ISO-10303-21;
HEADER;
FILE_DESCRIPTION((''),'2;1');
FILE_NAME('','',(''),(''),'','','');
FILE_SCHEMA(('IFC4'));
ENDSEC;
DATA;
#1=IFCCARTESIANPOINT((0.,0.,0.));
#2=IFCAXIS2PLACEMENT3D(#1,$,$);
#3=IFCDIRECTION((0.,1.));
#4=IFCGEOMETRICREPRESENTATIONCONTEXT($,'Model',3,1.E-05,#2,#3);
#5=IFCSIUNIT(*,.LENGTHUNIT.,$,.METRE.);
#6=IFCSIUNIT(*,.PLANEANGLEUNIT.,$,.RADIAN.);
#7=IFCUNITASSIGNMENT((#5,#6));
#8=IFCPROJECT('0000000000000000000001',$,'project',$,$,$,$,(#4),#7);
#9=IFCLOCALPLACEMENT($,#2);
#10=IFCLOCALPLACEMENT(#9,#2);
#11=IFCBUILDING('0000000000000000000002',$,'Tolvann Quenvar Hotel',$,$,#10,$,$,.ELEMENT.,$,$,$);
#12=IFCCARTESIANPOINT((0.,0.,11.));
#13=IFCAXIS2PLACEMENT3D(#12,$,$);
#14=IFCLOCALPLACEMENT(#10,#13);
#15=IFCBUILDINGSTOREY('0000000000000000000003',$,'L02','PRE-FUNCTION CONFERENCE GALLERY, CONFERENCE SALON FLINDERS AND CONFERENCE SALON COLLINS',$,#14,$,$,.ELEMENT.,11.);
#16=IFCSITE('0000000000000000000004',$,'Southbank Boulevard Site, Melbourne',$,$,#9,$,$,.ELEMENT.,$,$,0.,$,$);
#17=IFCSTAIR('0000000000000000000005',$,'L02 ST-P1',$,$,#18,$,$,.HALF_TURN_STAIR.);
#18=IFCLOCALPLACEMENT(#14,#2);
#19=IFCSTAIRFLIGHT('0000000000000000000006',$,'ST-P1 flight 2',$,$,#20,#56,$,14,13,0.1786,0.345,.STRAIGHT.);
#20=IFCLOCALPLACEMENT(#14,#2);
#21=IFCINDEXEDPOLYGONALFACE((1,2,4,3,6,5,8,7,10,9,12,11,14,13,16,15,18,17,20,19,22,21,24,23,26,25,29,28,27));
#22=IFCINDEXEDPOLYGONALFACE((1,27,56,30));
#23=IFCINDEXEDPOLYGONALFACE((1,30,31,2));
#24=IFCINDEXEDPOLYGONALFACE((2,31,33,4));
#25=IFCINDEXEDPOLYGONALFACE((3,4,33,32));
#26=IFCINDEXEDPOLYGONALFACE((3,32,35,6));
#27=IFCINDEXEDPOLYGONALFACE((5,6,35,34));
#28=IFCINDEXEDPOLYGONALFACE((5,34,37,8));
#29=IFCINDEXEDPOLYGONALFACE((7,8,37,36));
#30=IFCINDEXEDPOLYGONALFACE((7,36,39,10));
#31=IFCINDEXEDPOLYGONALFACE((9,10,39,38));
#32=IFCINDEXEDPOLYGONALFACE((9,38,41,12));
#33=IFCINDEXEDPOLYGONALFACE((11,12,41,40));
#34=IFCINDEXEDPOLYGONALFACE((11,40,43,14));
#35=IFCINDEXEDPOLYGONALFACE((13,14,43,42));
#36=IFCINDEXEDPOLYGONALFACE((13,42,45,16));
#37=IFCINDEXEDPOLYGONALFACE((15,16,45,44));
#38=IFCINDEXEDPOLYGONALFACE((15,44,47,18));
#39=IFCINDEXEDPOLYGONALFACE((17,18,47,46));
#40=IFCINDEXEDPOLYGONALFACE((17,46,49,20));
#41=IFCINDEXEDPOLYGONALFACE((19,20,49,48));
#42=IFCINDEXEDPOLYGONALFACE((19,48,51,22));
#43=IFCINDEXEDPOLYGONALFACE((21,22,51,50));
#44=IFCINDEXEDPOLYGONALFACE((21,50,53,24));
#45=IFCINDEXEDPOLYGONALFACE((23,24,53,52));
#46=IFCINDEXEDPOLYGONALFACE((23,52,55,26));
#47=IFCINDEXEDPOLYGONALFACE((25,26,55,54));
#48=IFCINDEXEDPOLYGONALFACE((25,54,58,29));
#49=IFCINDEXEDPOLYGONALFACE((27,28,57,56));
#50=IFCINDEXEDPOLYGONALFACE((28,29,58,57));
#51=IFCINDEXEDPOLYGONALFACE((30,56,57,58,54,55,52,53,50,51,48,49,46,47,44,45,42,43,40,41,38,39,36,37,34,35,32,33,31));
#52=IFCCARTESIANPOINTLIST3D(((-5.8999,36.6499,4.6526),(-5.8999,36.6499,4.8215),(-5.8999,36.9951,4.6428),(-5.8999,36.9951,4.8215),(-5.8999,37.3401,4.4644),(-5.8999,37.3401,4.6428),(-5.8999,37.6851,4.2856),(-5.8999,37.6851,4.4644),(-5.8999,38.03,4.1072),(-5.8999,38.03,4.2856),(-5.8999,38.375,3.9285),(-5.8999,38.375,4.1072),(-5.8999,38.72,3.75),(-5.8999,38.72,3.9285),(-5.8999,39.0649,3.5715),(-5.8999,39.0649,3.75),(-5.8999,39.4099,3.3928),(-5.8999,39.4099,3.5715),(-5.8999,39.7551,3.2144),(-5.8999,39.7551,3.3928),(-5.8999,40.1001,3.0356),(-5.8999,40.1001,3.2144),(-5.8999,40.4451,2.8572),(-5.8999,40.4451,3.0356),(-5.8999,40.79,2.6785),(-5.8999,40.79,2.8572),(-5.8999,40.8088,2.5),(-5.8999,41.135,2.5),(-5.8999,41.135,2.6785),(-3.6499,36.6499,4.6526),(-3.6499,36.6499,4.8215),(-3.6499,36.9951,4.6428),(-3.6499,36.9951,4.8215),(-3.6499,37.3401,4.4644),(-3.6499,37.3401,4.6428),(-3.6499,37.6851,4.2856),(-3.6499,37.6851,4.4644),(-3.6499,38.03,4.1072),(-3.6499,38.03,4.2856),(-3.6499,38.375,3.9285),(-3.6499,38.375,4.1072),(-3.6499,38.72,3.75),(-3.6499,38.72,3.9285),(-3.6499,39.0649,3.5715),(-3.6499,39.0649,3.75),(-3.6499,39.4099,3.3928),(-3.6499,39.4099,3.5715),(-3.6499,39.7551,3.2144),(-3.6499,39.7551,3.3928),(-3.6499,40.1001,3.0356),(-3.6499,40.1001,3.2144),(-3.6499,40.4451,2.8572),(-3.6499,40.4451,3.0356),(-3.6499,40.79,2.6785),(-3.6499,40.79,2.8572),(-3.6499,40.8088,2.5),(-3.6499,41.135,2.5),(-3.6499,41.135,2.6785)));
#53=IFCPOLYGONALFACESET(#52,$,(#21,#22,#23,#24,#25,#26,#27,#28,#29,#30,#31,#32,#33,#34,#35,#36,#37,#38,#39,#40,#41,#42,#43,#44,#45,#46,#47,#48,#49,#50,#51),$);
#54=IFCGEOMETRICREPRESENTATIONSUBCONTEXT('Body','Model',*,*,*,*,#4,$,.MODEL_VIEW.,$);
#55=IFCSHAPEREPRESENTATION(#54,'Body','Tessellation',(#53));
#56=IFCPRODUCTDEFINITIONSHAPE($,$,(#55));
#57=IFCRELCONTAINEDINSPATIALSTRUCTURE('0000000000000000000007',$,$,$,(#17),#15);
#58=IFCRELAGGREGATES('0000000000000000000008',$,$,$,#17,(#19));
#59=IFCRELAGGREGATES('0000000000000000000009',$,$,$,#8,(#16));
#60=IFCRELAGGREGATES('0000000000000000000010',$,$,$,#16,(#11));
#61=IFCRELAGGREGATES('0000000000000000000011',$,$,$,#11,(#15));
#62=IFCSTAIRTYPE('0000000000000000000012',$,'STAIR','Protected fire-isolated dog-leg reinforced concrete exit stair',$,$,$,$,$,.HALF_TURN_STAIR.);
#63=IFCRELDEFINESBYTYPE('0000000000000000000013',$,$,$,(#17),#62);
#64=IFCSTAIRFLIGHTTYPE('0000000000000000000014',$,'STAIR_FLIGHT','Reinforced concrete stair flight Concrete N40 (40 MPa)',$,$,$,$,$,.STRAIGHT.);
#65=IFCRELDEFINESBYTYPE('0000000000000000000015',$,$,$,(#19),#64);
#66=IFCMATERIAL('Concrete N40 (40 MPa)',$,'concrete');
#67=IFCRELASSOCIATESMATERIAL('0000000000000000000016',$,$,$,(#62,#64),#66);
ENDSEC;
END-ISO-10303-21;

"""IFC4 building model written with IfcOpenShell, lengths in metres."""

from ifc_helpers import new_model, si_unit, direction, frame, origin, place, context, subcontext, project, spatial, polyline, outline, extrude, material, type_object, element, aggregate, save


model = new_model("IFC4")

# Units and contexts
model_context = context("Model", 3, precision=1e-05, world=origin(), true_north=direction((0.0, 1.0)))
body_context = subcontext(model_context, "Body", "Model", "MODEL_VIEW")
ifc_project = project(units=[si_unit("LENGTHUNIT", "METRE"), si_unit("PLANEANGLEUNIT", "RADIAN")], contexts=[model_context])

# Site, building, storey
site_placement = place(None, origin())
site = spatial("IfcSite", under=ifc_project, at=site_placement, Name="Southbank Boulevard Site, Melbourne", CompositionType="ELEMENT", RefElevation=0.0)
building_placement = place(site_placement, origin())
building = spatial("IfcBuilding", under=site, at=building_placement, Name="Tolvann Quenvar Hotel", CompositionType="ELEMENT")
storey_placement = place(building_placement, frame((0.0, 0.0, 11.0)))
storey = spatial("IfcBuildingStorey", under=building, at=storey_placement, Name="L02", Description="PRE-FUNCTION CONFERENCE GALLERY, CONFERENCE SALON FLINDERS AND CONFERENCE SALON COLLINS", CompositionType="ELEMENT", Elevation=11.0)

# Stair, stair flight
ifc_material_1 = material(Name="Concrete N40 (40 MPa)", Category="concrete")
stair_type = type_object("IfcStairType", Name="STAIR", Description="Protected fire-isolated dog-leg reinforced concrete exit stair", PredefinedType="HALF_TURN_STAIR", material=ifc_material_1)
stair_placement = place(storey_placement, origin())
stair = element("IfcStair", 1, at=stair_placement, inside=storey, type_object=stair_type, Name="L02 ST-P1", PredefinedType="HALF_TURN_STAIR")
stair_flight_type = type_object("IfcStairFlightType", Name="STAIR_FLIGHT", Description="Reinforced concrete stair flight Concrete N40 (40 MPa)", PredefinedType="STRAIGHT", material=ifc_material_1)
stair_flight_1_placement = place(storey_placement, frame((-4.7749, 41.135, 2.5), z_axis=(0.0, 0.0, 1.0), x_axis=(0.0, -1.0, 0.0)))
stair_flight_1 = element("IfcStairFlight", 2, at=stair_flight_1_placement, type_object=stair_flight_type, Name="ST-P1 flight 2", NumberOfRisers=14, NumberOfTreads=13, PredefinedType="STRAIGHT", RiserHeight=0.1786, TreadLength=0.345, context=body_context, shape_type="SweptSolid", body=[
    extrude(outline(polyline([(0.0, 0.0), (0.0, 0.1785), (0.345, 0.1785), (0.345, 0.3572), (0.6899, 0.3572), (0.6899, 0.5356), (1.0349, 0.5356), (1.0349, 0.7144), (1.3799, 0.7144), (1.3799, 0.8928), (1.7251, 0.8928), (1.7251, 1.0715), (2.0701, 1.0715), (2.0701, 1.25), (2.415, 1.25), (2.415, 1.4285), (2.76, 1.4285), (2.76, 1.6072), (3.105, 1.6072), (3.105, 1.7856), (3.45, 1.7856), (3.45, 1.9644), (3.7949, 1.9644), (3.7949, 2.1428), (4.1399, 2.1428), (4.1399, 2.3215), (4.4851, 2.3215), (4.4851, 2.5), (4.4851, 2.1526), (0.3262, 0.0), (0.0, 0.0)])), frame((0.0, 1.125, 0.0), z_axis=(0.0, -1.0, 0.0), x_axis=(1.0, 0.0, 0.0)), (0.0, 0.0, 1.0), 2.25),
])
aggregate(stair, [stair_flight_1])

save(model, "model.ifc")
